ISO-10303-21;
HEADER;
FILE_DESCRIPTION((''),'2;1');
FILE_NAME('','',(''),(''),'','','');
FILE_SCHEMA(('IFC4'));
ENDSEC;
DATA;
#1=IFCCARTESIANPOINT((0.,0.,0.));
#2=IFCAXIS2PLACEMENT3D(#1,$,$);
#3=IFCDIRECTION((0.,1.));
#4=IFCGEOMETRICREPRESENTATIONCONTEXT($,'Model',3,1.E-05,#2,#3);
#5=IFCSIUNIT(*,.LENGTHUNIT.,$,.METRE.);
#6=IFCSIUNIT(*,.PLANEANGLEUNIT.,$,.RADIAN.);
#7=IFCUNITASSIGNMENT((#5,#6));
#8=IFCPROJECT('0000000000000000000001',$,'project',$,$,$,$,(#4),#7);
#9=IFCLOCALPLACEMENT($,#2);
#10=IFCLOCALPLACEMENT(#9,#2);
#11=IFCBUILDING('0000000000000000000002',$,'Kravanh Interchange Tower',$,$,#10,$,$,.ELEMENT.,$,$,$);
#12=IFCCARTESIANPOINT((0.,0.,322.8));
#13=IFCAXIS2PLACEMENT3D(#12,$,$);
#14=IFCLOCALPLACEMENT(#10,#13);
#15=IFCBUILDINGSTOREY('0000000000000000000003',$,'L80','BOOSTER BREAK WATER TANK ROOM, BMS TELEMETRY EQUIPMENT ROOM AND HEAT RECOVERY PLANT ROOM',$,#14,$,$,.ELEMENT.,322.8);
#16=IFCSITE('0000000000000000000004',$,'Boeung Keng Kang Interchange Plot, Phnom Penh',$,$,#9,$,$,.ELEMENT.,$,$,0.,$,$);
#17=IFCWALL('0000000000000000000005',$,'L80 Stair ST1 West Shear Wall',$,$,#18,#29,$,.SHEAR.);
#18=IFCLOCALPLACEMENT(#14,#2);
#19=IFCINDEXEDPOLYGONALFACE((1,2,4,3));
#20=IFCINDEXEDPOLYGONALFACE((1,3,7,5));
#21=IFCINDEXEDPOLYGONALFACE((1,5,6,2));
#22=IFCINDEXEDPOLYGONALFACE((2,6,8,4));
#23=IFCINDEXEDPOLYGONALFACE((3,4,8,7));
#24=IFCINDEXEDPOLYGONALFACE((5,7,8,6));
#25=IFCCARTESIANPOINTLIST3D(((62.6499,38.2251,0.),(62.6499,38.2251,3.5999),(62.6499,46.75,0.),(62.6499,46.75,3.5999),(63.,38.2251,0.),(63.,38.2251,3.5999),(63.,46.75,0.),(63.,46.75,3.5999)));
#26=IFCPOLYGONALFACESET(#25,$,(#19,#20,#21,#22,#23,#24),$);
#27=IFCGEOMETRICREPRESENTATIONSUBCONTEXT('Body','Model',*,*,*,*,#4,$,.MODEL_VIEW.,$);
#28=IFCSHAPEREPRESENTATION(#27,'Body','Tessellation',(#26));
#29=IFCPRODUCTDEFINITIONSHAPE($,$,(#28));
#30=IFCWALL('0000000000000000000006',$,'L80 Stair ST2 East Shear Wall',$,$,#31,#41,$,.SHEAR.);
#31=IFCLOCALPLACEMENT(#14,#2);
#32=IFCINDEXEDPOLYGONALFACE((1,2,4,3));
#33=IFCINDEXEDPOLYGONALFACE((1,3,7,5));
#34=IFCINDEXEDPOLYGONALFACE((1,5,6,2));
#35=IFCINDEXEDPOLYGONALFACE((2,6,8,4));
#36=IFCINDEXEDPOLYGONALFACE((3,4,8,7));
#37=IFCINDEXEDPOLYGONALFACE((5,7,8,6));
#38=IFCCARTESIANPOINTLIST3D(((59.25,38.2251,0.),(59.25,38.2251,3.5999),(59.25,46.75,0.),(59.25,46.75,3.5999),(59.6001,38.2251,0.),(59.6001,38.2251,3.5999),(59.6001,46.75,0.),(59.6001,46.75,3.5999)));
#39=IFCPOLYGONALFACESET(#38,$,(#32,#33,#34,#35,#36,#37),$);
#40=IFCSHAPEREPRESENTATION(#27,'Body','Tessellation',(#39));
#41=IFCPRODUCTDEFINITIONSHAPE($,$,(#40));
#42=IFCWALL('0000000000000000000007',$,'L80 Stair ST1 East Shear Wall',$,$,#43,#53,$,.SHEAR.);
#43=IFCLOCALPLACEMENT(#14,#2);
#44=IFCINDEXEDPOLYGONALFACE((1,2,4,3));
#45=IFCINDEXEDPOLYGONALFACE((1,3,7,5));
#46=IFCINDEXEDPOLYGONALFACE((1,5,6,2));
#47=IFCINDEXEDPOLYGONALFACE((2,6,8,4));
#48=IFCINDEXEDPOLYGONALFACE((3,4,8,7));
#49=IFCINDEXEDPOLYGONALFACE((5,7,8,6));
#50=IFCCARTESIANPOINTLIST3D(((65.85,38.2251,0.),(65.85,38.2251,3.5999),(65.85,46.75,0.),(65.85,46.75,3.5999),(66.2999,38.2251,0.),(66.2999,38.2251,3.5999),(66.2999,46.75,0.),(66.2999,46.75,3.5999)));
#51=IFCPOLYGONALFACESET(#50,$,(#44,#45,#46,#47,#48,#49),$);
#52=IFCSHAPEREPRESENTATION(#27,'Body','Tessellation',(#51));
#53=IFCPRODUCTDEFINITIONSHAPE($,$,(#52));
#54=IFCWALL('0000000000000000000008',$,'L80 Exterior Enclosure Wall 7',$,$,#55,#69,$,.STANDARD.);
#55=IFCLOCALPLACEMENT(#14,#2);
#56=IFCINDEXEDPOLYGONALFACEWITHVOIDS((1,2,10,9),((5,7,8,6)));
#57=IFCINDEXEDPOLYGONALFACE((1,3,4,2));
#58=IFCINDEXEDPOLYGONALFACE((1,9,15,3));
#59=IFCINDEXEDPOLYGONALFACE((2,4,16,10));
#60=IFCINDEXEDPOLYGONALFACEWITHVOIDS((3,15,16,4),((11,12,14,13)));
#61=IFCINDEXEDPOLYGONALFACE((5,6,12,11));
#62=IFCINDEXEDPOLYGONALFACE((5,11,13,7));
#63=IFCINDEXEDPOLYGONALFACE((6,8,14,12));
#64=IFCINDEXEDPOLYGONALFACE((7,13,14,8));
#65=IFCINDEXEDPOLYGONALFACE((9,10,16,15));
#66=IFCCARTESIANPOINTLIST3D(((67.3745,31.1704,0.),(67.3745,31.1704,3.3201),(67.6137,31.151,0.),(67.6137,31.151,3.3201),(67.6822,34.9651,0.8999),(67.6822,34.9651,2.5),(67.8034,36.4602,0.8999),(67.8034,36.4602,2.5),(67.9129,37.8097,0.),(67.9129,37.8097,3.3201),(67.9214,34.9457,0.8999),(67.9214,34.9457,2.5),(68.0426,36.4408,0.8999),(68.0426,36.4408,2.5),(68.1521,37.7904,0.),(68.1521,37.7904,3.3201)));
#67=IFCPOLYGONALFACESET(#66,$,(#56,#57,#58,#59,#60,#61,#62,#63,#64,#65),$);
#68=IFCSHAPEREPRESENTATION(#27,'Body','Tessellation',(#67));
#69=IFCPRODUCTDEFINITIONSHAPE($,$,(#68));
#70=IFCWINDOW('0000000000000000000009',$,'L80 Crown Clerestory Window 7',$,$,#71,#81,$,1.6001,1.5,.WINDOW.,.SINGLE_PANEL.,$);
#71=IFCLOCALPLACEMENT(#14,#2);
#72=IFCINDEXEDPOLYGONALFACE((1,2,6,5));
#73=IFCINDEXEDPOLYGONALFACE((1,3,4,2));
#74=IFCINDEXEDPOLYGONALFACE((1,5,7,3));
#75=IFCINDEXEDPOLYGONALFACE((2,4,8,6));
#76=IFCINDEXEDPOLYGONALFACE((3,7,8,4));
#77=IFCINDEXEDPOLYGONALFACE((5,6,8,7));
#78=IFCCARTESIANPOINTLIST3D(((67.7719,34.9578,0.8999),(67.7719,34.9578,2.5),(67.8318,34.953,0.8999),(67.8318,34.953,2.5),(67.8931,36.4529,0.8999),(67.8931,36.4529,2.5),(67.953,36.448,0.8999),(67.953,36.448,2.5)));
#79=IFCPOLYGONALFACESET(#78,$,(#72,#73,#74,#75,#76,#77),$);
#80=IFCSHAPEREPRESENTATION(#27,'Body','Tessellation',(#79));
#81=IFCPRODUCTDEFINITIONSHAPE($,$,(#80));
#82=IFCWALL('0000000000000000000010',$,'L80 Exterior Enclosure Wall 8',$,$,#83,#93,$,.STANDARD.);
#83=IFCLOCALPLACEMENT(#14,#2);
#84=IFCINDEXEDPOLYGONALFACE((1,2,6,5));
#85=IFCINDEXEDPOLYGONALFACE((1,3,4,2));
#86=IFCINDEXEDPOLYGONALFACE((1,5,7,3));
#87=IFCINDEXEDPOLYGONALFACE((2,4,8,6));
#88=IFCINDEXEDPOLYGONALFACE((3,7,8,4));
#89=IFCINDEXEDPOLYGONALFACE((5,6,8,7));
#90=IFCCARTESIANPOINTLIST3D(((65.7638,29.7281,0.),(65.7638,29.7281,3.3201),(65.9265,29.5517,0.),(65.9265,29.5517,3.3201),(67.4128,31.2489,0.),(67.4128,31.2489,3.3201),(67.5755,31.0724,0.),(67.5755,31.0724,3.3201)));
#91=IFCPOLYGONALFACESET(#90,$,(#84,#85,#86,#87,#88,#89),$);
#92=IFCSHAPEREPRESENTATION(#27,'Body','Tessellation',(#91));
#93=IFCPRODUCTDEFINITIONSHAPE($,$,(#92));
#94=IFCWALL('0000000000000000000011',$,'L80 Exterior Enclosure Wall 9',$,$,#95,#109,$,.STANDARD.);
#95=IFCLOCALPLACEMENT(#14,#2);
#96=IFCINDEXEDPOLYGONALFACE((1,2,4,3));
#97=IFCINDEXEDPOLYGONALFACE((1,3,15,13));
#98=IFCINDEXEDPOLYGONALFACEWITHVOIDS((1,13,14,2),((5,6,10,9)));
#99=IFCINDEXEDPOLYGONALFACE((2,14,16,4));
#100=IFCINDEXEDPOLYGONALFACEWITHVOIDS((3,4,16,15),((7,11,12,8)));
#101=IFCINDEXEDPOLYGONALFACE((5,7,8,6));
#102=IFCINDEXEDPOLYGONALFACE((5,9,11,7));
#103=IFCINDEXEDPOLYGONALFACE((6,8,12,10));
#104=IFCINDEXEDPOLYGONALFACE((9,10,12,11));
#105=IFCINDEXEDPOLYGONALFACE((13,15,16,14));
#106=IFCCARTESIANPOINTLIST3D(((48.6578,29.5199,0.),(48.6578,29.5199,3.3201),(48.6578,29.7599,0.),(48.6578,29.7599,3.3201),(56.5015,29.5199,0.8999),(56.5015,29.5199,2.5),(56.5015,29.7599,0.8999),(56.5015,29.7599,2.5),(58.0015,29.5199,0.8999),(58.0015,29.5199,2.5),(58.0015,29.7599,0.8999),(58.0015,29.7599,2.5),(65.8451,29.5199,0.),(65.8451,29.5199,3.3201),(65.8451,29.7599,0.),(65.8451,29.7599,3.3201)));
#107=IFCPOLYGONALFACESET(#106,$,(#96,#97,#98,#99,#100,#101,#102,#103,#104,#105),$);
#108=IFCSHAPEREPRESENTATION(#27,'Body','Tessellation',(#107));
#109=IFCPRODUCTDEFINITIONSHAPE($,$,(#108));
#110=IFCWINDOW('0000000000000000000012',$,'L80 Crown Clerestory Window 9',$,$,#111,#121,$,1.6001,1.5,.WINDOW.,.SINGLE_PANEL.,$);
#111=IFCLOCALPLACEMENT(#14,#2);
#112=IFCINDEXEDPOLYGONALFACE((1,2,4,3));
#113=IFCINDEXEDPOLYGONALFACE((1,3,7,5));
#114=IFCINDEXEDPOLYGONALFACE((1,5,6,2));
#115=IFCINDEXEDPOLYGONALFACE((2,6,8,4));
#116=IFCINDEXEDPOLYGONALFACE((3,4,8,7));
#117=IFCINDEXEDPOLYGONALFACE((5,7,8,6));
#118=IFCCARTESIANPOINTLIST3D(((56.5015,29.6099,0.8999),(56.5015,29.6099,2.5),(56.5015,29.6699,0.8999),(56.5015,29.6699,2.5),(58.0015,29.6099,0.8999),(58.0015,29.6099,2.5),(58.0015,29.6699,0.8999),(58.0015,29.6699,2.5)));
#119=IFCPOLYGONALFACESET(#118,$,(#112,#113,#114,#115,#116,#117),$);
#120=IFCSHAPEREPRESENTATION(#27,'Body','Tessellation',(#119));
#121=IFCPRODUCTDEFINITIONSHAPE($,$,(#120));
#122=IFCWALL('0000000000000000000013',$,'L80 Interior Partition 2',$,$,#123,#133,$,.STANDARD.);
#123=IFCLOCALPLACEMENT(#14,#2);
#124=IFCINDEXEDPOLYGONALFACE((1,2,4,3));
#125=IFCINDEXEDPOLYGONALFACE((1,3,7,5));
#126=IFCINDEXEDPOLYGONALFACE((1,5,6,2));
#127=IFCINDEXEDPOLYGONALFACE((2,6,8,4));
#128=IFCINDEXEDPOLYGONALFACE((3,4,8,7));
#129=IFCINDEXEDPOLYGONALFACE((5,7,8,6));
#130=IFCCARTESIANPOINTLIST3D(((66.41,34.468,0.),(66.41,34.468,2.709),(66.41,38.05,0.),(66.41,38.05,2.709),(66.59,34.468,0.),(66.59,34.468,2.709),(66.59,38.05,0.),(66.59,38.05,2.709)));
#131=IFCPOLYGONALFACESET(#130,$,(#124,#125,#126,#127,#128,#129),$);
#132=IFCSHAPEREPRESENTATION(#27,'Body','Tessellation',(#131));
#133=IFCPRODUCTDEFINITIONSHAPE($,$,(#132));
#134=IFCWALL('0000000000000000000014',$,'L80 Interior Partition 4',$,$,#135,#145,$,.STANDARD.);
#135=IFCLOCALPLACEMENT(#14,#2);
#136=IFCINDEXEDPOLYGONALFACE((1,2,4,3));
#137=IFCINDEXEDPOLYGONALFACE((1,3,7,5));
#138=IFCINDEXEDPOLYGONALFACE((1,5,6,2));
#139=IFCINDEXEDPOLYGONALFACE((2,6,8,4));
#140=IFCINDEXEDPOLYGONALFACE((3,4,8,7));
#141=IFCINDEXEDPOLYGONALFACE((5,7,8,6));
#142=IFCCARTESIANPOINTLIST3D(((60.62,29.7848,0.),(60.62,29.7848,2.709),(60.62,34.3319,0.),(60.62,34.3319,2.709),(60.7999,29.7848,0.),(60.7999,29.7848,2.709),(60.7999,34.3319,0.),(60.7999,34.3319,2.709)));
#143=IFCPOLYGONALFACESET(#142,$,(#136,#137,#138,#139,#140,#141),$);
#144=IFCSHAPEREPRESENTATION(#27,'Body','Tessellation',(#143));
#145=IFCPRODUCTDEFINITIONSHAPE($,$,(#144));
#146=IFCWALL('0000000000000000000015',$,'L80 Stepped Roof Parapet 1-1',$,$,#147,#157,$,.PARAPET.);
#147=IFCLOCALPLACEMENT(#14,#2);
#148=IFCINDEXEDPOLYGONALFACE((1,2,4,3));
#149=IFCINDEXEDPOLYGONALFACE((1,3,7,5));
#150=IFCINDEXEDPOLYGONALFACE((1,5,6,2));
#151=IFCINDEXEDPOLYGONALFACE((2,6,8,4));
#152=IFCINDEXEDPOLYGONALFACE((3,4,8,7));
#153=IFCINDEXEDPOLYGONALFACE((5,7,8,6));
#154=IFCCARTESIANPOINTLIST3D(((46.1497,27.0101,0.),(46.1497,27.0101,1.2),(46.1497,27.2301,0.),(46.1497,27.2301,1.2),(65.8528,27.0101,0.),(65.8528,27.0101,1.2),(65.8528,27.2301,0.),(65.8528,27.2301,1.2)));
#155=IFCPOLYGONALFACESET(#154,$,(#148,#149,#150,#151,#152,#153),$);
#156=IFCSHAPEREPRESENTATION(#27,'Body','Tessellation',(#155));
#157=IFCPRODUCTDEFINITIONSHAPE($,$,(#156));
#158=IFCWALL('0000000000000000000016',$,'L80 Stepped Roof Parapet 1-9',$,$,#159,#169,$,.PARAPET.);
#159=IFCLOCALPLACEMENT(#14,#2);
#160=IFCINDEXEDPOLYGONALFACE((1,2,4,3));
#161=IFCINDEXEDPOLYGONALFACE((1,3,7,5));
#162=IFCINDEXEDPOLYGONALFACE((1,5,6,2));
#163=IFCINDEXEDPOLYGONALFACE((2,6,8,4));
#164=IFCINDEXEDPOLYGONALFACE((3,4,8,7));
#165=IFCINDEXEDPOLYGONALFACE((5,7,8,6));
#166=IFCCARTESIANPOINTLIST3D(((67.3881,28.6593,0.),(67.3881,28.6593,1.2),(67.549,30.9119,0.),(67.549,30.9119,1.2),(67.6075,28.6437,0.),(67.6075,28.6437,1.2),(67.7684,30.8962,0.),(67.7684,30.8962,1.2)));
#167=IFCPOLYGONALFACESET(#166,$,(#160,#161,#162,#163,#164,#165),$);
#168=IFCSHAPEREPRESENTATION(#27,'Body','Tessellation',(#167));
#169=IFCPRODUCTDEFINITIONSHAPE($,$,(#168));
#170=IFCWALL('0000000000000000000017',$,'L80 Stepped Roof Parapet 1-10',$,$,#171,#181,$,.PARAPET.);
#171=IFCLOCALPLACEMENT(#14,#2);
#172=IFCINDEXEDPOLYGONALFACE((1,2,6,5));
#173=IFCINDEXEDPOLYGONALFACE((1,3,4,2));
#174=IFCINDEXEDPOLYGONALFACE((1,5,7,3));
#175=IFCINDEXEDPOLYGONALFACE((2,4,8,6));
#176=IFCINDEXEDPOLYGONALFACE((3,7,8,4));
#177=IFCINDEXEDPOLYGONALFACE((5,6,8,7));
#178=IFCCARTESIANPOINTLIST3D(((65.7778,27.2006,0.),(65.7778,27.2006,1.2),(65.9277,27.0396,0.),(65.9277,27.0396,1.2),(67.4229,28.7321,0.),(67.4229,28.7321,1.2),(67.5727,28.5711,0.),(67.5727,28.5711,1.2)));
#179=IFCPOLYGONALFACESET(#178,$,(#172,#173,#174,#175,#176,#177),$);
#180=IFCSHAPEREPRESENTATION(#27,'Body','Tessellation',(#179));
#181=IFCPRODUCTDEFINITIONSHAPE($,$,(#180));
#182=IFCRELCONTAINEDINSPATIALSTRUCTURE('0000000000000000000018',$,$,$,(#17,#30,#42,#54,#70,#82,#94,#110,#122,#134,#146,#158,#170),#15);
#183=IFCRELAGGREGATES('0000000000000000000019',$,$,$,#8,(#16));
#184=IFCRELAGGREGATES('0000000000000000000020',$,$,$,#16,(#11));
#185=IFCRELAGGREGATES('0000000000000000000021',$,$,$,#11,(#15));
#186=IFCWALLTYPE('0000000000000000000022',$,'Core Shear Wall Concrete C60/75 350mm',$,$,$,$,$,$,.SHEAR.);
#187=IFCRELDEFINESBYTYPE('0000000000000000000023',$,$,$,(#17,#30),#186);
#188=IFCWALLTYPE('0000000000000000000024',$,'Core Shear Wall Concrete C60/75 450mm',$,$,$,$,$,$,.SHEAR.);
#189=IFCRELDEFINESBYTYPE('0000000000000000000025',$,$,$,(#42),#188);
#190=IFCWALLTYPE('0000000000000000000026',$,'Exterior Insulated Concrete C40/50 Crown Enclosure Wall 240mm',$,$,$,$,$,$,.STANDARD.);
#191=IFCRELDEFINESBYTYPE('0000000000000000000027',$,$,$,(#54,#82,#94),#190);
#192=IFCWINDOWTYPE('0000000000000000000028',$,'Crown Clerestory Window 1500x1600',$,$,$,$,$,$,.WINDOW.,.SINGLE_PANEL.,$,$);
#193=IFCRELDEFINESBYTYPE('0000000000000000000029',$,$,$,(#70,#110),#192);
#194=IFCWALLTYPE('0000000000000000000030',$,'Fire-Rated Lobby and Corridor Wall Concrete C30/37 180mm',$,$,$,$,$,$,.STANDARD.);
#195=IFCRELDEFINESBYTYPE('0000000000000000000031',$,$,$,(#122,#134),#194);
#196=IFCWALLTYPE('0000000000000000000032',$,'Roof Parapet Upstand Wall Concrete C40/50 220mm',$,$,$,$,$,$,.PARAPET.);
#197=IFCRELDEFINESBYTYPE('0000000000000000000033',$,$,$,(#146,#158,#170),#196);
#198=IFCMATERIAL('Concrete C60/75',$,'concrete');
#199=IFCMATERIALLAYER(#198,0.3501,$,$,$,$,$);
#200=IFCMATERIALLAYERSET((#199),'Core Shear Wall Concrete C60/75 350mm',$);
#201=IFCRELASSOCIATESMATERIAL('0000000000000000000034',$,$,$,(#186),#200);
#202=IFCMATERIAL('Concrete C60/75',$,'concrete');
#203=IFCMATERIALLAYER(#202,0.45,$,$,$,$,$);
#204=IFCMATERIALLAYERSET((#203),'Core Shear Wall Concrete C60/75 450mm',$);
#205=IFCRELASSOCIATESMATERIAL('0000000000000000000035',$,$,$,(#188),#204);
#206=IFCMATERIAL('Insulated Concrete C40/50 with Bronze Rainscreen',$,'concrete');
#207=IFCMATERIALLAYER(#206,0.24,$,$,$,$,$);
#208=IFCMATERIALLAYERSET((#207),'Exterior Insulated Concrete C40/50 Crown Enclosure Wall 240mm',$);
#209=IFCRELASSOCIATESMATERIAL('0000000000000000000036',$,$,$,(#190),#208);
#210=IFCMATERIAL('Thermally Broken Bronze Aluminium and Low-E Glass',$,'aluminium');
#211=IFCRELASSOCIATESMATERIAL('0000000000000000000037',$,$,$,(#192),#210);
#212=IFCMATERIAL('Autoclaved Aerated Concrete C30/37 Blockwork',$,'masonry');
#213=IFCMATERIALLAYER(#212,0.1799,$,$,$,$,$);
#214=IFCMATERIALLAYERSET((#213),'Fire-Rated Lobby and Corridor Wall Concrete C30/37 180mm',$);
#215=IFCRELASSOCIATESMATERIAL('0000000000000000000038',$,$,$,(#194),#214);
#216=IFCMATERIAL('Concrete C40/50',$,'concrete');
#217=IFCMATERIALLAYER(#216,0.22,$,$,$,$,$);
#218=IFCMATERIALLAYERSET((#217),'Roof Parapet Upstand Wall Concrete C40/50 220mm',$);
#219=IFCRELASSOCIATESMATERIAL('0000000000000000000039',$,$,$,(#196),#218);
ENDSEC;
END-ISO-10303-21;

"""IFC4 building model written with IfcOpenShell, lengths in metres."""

from ifc_helpers import new_model, si_unit, direction, frame, frame_2d, origin, place, context, subcontext, project, spatial, rectangle, extrude, material, layer, layer_set, type_object, element, fill, save


model = new_model("IFC4")

# Units and contexts
model_context = context("Model", 3, precision=1e-05, world=origin(), true_north=direction((0.0, 1.0)))
body_context = subcontext(model_context, "Body", "Model", "MODEL_VIEW")
ifc_project = project(units=[si_unit("LENGTHUNIT", "METRE"), si_unit("PLANEANGLEUNIT", "RADIAN")], contexts=[model_context])

# Site, building, storey
site_placement = place(None, origin())
site = spatial("IfcSite", under=ifc_project, at=site_placement, Name="Boeung Keng Kang Interchange Plot, Phnom Penh", CompositionType="ELEMENT", RefElevation=0.0)
building_placement = place(site_placement, origin())
building = spatial("IfcBuilding", under=site, at=building_placement, Name="Kravanh Interchange Tower", CompositionType="ELEMENT")
storey_placement = place(building_placement, frame((0.0, 0.0, 322.8)))
storey = spatial("IfcBuildingStorey", under=building, at=storey_placement, Name="L80", Description="BOOSTER BREAK WATER TANK ROOM, BMS TELEMETRY EQUIPMENT ROOM AND HEAT RECOVERY PLANT ROOM", CompositionType="ELEMENT", Elevation=322.8)

# Walls
ifc_material_1 = material(Name="Concrete C60/75", Category="concrete")
ifc_layer_1 = layer(ifc_material_1, 0.3501)
ifc_layer_set_1 = layer_set([ifc_layer_1], Name="Core Shear Wall Concrete C60/75 350mm")
wall_type_1 = type_object("IfcWallType", Name="Core Shear Wall Concrete C60/75 350mm", PredefinedType="SHEAR", material=ifc_layer_set_1)
for number, where, z_axis, x_axis, name in (
    (1, (62.825, 38.2251, 0.0), (0.0, 0.0, 1.0), (0.0, 1.0, 0.0), "L80 Stair ST1 West Shear Wall"),
    (2, (59.425, 38.2251, 0.0), (0.0, 0.0, 1.0), (0.0, 1.0, 0.0), "L80 Stair ST2 East Shear Wall"),
):
    element("IfcWall", number, at=place(storey_placement, frame(where, z_axis=z_axis, x_axis=x_axis)), inside=storey, type_object=wall_type_1, Name=name, PredefinedType="SHEAR", context=body_context, shape_type="SweptSolid", body=[
        extrude(rectangle(XDim=8.5249, YDim=0.3501, at=frame_2d((4.2625, 0.0))), origin(), (0.0, 0.0, 1.0), 3.5999),
    ])
ifc_material_2 = material(Name="Concrete C60/75", Category="concrete")
ifc_layer_2 = layer(ifc_material_2, 0.45)
ifc_layer_set_2 = layer_set([ifc_layer_2], Name="Core Shear Wall Concrete C60/75 450mm")
wall_type_2 = type_object("IfcWallType", Name="Core Shear Wall Concrete C60/75 450mm", PredefinedType="SHEAR", material=ifc_layer_set_2)
wall_1_placement = place(storey_placement, frame((66.075, 38.2251, 0.0), z_axis=(0.0, 0.0, 1.0), x_axis=(0.0, 1.0, 0.0)))
element("IfcWall", 3, at=wall_1_placement, inside=storey, type_object=wall_type_2, Name="L80 Stair ST1 East Shear Wall", PredefinedType="SHEAR", context=body_context, shape_type="SweptSolid", body=[
    extrude(rectangle(XDim=8.5249, YDim=0.45, at=frame_2d((4.2625, 0.0))), origin(), (0.0, 0.0, 1.0), 3.5999),
])

# Wall, opening, window
ifc_material_3 = material(Name="Insulated Concrete C40/50 with Bronze Rainscreen", Category="concrete")
ifc_layer_3 = layer(ifc_material_3, 0.24)
ifc_layer_set_3 = layer_set([ifc_layer_3], Name="Exterior Insulated Concrete C40/50 Crown Enclosure Wall 240mm")
wall_type_3 = type_object("IfcWallType", Name="Exterior Insulated Concrete C40/50 Crown Enclosure Wall 240mm", PredefinedType="STANDARD", material=ifc_layer_set_3)
wall_2_placement = place(storey_placement, frame((68.0325, 37.8, 0.0), z_axis=(0.0, 0.0, 1.0), x_axis=(-0.080816, -0.996729, 0.0)))
wall_2 = element("IfcWall", 4, at=wall_2_placement, inside=storey, type_object=wall_type_3, Name="L80 Exterior Enclosure Wall 7", PredefinedType="STANDARD", context=body_context, shape_type="SweptSolid", body=[
    extrude(rectangle(XDim=6.6611, YDim=0.24, at=frame_2d((3.3306, 0.0))), origin(), (0.0, 0.0, 1.0), 3.3201),
])
opening_1_placement = place(wall_2_placement, frame((1.354, 0.0, 0.8999)))
opening_1 = element("IfcOpeningElement", 5, at=opening_1_placement, cuts=wall_2, PredefinedType="OPENING", context=body_context, shape_type="SweptSolid", body=[
    extrude(rectangle(XDim=1.5, YDim=1.6001, at=frame_2d((0.75, 0.8))), frame((0.0, 0.1299, 0.0), z_axis=(0.0, -1.0, 0.0), x_axis=(1.0, 0.0, 0.0)), (0.0, 0.0, 1.0), 0.26),
])
ifc_material_4 = material(Name="Thermally Broken Bronze Aluminium and Low-E Glass", Category="aluminium")
window_type = type_object("IfcWindowType", Name="Crown Clerestory Window 1500x1600", PartitioningType="SINGLE_PANEL", PredefinedType="WINDOW", material=ifc_material_4)
window_1_placement = place(opening_1_placement, origin())
window_1 = element("IfcWindow", 6, at=window_1_placement, inside=storey, type_object=window_type, Name="L80 Crown Clerestory Window 7", OverallHeight=1.6001, OverallWidth=1.5, PartitioningType="SINGLE_PANEL", PredefinedType="WINDOW", context=body_context, shape_type="SweptSolid", body=[
    extrude(rectangle(XDim=1.5, YDim=1.6001, at=frame_2d((0.75, 0.8))), frame((0.0, 0.03, 0.0), z_axis=(0.0, -1.0, 0.0), x_axis=(1.0, 0.0, 0.0)), (0.0, 0.0, 1.0), 0.0601),
])
fill(opening_1, window_1)

# Wall
wall_3_placement = place(storey_placement, frame((67.4941, 31.1606, 0.0), z_axis=(0.0, 0.0, 1.0), x_axis=(-0.7351, -0.677959, 0.0)))
element("IfcWall", 7, at=wall_3_placement, inside=storey, type_object=wall_type_3, Name="L80 Exterior Enclosure Wall 8", PredefinedType="STANDARD", context=body_context, shape_type="SweptSolid", body=[
    extrude(rectangle(XDim=2.2432, YDim=0.24, at=frame_2d((1.1216, 0.0))), origin(), (0.0, 0.0, 1.0), 3.3201),
])

# Wall, opening, window
wall_4_placement = place(storey_placement, frame((65.8452, 29.6399, 0.0), z_axis=(0.0, 0.0, 1.0), x_axis=(-1.0, 0.0, 0.0)))
wall_4 = element("IfcWall", 8, at=wall_4_placement, inside=storey, type_object=wall_type_3, Name="L80 Exterior Enclosure Wall 9", PredefinedType="STANDARD", context=body_context, shape_type="SweptSolid", body=[
    extrude(rectangle(XDim=17.1873, YDim=0.24, at=frame_2d((8.5938, 0.0))), origin(), (0.0, 0.0, 1.0), 3.3201),
])
opening_2_placement = place(wall_4_placement, frame((7.8438, 0.0, 0.8999)))
opening_2 = element("IfcOpeningElement", 9, at=opening_2_placement, cuts=wall_4, PredefinedType="OPENING", context=body_context, shape_type="SweptSolid", body=[
    extrude(rectangle(XDim=1.5, YDim=1.6001, at=frame_2d((0.75, 0.8))), frame((0.0, 0.1299, 0.0), z_axis=(0.0, -1.0, 0.0), x_axis=(1.0, 0.0, 0.0)), (0.0, 0.0, 1.0), 0.26),
])
window_2_placement = place(opening_2_placement, origin())
window_2 = element("IfcWindow", 10, at=window_2_placement, inside=storey, type_object=window_type, Name="L80 Crown Clerestory Window 9", OverallHeight=1.6001, OverallWidth=1.5, PartitioningType="SINGLE_PANEL", PredefinedType="WINDOW", context=body_context, shape_type="SweptSolid", body=[
    extrude(rectangle(XDim=1.5, YDim=1.6001, at=frame_2d((0.75, 0.8))), frame((0.0, 0.03, 0.0), z_axis=(0.0, -1.0, 0.0), x_axis=(1.0, 0.0, 0.0)), (0.0, 0.0, 1.0), 0.0601),
])
fill(opening_2, window_2)

# Walls
ifc_material_5 = material(Name="Autoclaved Aerated Concrete C30/37 Blockwork", Category="masonry")
ifc_layer_4 = layer(ifc_material_5, 0.1799)
ifc_layer_set_4 = layer_set([ifc_layer_4], Name="Fire-Rated Lobby and Corridor Wall Concrete C30/37 180mm")
wall_type_4 = type_object("IfcWallType", Name="Fire-Rated Lobby and Corridor Wall Concrete C30/37 180mm", PredefinedType="STANDARD", material=ifc_layer_set_4)
wall_5_placement = place(storey_placement, frame((66.5, 34.468, 0.0), z_axis=(0.0, 0.0, 1.0), x_axis=(0.0, 1.0, 0.0)))
element("IfcWall", 11, at=wall_5_placement, inside=storey, type_object=wall_type_4, Name="L80 Interior Partition 2", PredefinedType="STANDARD", context=body_context, shape_type="SweptSolid", body=[
    extrude(rectangle(XDim=3.582, YDim=0.1799, at=frame_2d((1.791, 0.0))), origin(), (0.0, 0.0, 1.0), 2.709),
])
wall_6_placement = place(storey_placement, frame((60.71, 29.7849, 0.0), z_axis=(0.0, 0.0, 1.0), x_axis=(0.0, 1.0, 0.0)))
element("IfcWall", 12, at=wall_6_placement, inside=storey, type_object=wall_type_4, Name="L80 Interior Partition 4", PredefinedType="STANDARD", context=body_context, shape_type="SweptSolid", body=[
    extrude(rectangle(XDim=4.5471, YDim=0.1799, at=frame_2d((2.2734, 0.0))), origin(), (0.0, 0.0, 1.0), 2.709),
])
ifc_material_6 = material(Name="Concrete C40/50", Category="concrete")
ifc_layer_5 = layer(ifc_material_6, 0.22)
ifc_layer_set_5 = layer_set([ifc_layer_5], Name="Roof Parapet Upstand Wall Concrete C40/50 220mm")
wall_type_5 = type_object("IfcWallType", Name="Roof Parapet Upstand Wall Concrete C40/50 220mm", PredefinedType="PARAPET", material=ifc_layer_set_5)
wall_7_placement = place(storey_placement, frame((65.8528, 27.1201, 0.0), z_axis=(0.0, 0.0, 1.0), x_axis=(-1.0, 0.0, 0.0)))
element("IfcWall", 13, at=wall_7_placement, inside=storey, type_object=wall_type_5, Name="L80 Stepped Roof Parapet 1-1", PredefinedType="PARAPET", context=body_context, shape_type="SweptSolid", body=[
    extrude(rectangle(XDim=19.7031, YDim=0.22, at=frame_2d((9.8516, 0.0))), origin(), (0.0, 0.0, 1.0), 1.2),
])
wall_8_placement = place(storey_placement, frame((67.6587, 30.9041, 0.0), z_axis=(0.0, 0.0, 1.0), x_axis=(-0.071247, -0.997459, 0.0)))
element("IfcWall", 14, at=wall_8_placement, inside=storey, type_object=wall_type_5, Name="L80 Stepped Roof Parapet 1-9", PredefinedType="PARAPET", context=body_context, shape_type="SweptSolid", body=[
    extrude(rectangle(XDim=2.2583, YDim=0.22, at=frame_2d((1.1292, 0.0))), origin(), (0.0, 0.0, 1.0), 1.2),
])
wall_9_placement = place(storey_placement, frame((67.4978, 28.6516, 0.0), z_axis=(0.0, 0.0, 1.0), x_axis=(-0.731911, -0.6814, 0.0)))
element("IfcWall", 15, at=wall_9_placement, inside=storey, type_object=wall_type_5, Name="L80 Stepped Roof Parapet 1-10", PredefinedType="PARAPET", context=body_context, shape_type="SweptSolid", body=[
    extrude(rectangle(XDim=2.2476, YDim=0.22, at=frame_2d((1.1238, 0.0))), origin(), (0.0, 0.0, 1.0), 1.2),
])

save(model, "model.ifc")
